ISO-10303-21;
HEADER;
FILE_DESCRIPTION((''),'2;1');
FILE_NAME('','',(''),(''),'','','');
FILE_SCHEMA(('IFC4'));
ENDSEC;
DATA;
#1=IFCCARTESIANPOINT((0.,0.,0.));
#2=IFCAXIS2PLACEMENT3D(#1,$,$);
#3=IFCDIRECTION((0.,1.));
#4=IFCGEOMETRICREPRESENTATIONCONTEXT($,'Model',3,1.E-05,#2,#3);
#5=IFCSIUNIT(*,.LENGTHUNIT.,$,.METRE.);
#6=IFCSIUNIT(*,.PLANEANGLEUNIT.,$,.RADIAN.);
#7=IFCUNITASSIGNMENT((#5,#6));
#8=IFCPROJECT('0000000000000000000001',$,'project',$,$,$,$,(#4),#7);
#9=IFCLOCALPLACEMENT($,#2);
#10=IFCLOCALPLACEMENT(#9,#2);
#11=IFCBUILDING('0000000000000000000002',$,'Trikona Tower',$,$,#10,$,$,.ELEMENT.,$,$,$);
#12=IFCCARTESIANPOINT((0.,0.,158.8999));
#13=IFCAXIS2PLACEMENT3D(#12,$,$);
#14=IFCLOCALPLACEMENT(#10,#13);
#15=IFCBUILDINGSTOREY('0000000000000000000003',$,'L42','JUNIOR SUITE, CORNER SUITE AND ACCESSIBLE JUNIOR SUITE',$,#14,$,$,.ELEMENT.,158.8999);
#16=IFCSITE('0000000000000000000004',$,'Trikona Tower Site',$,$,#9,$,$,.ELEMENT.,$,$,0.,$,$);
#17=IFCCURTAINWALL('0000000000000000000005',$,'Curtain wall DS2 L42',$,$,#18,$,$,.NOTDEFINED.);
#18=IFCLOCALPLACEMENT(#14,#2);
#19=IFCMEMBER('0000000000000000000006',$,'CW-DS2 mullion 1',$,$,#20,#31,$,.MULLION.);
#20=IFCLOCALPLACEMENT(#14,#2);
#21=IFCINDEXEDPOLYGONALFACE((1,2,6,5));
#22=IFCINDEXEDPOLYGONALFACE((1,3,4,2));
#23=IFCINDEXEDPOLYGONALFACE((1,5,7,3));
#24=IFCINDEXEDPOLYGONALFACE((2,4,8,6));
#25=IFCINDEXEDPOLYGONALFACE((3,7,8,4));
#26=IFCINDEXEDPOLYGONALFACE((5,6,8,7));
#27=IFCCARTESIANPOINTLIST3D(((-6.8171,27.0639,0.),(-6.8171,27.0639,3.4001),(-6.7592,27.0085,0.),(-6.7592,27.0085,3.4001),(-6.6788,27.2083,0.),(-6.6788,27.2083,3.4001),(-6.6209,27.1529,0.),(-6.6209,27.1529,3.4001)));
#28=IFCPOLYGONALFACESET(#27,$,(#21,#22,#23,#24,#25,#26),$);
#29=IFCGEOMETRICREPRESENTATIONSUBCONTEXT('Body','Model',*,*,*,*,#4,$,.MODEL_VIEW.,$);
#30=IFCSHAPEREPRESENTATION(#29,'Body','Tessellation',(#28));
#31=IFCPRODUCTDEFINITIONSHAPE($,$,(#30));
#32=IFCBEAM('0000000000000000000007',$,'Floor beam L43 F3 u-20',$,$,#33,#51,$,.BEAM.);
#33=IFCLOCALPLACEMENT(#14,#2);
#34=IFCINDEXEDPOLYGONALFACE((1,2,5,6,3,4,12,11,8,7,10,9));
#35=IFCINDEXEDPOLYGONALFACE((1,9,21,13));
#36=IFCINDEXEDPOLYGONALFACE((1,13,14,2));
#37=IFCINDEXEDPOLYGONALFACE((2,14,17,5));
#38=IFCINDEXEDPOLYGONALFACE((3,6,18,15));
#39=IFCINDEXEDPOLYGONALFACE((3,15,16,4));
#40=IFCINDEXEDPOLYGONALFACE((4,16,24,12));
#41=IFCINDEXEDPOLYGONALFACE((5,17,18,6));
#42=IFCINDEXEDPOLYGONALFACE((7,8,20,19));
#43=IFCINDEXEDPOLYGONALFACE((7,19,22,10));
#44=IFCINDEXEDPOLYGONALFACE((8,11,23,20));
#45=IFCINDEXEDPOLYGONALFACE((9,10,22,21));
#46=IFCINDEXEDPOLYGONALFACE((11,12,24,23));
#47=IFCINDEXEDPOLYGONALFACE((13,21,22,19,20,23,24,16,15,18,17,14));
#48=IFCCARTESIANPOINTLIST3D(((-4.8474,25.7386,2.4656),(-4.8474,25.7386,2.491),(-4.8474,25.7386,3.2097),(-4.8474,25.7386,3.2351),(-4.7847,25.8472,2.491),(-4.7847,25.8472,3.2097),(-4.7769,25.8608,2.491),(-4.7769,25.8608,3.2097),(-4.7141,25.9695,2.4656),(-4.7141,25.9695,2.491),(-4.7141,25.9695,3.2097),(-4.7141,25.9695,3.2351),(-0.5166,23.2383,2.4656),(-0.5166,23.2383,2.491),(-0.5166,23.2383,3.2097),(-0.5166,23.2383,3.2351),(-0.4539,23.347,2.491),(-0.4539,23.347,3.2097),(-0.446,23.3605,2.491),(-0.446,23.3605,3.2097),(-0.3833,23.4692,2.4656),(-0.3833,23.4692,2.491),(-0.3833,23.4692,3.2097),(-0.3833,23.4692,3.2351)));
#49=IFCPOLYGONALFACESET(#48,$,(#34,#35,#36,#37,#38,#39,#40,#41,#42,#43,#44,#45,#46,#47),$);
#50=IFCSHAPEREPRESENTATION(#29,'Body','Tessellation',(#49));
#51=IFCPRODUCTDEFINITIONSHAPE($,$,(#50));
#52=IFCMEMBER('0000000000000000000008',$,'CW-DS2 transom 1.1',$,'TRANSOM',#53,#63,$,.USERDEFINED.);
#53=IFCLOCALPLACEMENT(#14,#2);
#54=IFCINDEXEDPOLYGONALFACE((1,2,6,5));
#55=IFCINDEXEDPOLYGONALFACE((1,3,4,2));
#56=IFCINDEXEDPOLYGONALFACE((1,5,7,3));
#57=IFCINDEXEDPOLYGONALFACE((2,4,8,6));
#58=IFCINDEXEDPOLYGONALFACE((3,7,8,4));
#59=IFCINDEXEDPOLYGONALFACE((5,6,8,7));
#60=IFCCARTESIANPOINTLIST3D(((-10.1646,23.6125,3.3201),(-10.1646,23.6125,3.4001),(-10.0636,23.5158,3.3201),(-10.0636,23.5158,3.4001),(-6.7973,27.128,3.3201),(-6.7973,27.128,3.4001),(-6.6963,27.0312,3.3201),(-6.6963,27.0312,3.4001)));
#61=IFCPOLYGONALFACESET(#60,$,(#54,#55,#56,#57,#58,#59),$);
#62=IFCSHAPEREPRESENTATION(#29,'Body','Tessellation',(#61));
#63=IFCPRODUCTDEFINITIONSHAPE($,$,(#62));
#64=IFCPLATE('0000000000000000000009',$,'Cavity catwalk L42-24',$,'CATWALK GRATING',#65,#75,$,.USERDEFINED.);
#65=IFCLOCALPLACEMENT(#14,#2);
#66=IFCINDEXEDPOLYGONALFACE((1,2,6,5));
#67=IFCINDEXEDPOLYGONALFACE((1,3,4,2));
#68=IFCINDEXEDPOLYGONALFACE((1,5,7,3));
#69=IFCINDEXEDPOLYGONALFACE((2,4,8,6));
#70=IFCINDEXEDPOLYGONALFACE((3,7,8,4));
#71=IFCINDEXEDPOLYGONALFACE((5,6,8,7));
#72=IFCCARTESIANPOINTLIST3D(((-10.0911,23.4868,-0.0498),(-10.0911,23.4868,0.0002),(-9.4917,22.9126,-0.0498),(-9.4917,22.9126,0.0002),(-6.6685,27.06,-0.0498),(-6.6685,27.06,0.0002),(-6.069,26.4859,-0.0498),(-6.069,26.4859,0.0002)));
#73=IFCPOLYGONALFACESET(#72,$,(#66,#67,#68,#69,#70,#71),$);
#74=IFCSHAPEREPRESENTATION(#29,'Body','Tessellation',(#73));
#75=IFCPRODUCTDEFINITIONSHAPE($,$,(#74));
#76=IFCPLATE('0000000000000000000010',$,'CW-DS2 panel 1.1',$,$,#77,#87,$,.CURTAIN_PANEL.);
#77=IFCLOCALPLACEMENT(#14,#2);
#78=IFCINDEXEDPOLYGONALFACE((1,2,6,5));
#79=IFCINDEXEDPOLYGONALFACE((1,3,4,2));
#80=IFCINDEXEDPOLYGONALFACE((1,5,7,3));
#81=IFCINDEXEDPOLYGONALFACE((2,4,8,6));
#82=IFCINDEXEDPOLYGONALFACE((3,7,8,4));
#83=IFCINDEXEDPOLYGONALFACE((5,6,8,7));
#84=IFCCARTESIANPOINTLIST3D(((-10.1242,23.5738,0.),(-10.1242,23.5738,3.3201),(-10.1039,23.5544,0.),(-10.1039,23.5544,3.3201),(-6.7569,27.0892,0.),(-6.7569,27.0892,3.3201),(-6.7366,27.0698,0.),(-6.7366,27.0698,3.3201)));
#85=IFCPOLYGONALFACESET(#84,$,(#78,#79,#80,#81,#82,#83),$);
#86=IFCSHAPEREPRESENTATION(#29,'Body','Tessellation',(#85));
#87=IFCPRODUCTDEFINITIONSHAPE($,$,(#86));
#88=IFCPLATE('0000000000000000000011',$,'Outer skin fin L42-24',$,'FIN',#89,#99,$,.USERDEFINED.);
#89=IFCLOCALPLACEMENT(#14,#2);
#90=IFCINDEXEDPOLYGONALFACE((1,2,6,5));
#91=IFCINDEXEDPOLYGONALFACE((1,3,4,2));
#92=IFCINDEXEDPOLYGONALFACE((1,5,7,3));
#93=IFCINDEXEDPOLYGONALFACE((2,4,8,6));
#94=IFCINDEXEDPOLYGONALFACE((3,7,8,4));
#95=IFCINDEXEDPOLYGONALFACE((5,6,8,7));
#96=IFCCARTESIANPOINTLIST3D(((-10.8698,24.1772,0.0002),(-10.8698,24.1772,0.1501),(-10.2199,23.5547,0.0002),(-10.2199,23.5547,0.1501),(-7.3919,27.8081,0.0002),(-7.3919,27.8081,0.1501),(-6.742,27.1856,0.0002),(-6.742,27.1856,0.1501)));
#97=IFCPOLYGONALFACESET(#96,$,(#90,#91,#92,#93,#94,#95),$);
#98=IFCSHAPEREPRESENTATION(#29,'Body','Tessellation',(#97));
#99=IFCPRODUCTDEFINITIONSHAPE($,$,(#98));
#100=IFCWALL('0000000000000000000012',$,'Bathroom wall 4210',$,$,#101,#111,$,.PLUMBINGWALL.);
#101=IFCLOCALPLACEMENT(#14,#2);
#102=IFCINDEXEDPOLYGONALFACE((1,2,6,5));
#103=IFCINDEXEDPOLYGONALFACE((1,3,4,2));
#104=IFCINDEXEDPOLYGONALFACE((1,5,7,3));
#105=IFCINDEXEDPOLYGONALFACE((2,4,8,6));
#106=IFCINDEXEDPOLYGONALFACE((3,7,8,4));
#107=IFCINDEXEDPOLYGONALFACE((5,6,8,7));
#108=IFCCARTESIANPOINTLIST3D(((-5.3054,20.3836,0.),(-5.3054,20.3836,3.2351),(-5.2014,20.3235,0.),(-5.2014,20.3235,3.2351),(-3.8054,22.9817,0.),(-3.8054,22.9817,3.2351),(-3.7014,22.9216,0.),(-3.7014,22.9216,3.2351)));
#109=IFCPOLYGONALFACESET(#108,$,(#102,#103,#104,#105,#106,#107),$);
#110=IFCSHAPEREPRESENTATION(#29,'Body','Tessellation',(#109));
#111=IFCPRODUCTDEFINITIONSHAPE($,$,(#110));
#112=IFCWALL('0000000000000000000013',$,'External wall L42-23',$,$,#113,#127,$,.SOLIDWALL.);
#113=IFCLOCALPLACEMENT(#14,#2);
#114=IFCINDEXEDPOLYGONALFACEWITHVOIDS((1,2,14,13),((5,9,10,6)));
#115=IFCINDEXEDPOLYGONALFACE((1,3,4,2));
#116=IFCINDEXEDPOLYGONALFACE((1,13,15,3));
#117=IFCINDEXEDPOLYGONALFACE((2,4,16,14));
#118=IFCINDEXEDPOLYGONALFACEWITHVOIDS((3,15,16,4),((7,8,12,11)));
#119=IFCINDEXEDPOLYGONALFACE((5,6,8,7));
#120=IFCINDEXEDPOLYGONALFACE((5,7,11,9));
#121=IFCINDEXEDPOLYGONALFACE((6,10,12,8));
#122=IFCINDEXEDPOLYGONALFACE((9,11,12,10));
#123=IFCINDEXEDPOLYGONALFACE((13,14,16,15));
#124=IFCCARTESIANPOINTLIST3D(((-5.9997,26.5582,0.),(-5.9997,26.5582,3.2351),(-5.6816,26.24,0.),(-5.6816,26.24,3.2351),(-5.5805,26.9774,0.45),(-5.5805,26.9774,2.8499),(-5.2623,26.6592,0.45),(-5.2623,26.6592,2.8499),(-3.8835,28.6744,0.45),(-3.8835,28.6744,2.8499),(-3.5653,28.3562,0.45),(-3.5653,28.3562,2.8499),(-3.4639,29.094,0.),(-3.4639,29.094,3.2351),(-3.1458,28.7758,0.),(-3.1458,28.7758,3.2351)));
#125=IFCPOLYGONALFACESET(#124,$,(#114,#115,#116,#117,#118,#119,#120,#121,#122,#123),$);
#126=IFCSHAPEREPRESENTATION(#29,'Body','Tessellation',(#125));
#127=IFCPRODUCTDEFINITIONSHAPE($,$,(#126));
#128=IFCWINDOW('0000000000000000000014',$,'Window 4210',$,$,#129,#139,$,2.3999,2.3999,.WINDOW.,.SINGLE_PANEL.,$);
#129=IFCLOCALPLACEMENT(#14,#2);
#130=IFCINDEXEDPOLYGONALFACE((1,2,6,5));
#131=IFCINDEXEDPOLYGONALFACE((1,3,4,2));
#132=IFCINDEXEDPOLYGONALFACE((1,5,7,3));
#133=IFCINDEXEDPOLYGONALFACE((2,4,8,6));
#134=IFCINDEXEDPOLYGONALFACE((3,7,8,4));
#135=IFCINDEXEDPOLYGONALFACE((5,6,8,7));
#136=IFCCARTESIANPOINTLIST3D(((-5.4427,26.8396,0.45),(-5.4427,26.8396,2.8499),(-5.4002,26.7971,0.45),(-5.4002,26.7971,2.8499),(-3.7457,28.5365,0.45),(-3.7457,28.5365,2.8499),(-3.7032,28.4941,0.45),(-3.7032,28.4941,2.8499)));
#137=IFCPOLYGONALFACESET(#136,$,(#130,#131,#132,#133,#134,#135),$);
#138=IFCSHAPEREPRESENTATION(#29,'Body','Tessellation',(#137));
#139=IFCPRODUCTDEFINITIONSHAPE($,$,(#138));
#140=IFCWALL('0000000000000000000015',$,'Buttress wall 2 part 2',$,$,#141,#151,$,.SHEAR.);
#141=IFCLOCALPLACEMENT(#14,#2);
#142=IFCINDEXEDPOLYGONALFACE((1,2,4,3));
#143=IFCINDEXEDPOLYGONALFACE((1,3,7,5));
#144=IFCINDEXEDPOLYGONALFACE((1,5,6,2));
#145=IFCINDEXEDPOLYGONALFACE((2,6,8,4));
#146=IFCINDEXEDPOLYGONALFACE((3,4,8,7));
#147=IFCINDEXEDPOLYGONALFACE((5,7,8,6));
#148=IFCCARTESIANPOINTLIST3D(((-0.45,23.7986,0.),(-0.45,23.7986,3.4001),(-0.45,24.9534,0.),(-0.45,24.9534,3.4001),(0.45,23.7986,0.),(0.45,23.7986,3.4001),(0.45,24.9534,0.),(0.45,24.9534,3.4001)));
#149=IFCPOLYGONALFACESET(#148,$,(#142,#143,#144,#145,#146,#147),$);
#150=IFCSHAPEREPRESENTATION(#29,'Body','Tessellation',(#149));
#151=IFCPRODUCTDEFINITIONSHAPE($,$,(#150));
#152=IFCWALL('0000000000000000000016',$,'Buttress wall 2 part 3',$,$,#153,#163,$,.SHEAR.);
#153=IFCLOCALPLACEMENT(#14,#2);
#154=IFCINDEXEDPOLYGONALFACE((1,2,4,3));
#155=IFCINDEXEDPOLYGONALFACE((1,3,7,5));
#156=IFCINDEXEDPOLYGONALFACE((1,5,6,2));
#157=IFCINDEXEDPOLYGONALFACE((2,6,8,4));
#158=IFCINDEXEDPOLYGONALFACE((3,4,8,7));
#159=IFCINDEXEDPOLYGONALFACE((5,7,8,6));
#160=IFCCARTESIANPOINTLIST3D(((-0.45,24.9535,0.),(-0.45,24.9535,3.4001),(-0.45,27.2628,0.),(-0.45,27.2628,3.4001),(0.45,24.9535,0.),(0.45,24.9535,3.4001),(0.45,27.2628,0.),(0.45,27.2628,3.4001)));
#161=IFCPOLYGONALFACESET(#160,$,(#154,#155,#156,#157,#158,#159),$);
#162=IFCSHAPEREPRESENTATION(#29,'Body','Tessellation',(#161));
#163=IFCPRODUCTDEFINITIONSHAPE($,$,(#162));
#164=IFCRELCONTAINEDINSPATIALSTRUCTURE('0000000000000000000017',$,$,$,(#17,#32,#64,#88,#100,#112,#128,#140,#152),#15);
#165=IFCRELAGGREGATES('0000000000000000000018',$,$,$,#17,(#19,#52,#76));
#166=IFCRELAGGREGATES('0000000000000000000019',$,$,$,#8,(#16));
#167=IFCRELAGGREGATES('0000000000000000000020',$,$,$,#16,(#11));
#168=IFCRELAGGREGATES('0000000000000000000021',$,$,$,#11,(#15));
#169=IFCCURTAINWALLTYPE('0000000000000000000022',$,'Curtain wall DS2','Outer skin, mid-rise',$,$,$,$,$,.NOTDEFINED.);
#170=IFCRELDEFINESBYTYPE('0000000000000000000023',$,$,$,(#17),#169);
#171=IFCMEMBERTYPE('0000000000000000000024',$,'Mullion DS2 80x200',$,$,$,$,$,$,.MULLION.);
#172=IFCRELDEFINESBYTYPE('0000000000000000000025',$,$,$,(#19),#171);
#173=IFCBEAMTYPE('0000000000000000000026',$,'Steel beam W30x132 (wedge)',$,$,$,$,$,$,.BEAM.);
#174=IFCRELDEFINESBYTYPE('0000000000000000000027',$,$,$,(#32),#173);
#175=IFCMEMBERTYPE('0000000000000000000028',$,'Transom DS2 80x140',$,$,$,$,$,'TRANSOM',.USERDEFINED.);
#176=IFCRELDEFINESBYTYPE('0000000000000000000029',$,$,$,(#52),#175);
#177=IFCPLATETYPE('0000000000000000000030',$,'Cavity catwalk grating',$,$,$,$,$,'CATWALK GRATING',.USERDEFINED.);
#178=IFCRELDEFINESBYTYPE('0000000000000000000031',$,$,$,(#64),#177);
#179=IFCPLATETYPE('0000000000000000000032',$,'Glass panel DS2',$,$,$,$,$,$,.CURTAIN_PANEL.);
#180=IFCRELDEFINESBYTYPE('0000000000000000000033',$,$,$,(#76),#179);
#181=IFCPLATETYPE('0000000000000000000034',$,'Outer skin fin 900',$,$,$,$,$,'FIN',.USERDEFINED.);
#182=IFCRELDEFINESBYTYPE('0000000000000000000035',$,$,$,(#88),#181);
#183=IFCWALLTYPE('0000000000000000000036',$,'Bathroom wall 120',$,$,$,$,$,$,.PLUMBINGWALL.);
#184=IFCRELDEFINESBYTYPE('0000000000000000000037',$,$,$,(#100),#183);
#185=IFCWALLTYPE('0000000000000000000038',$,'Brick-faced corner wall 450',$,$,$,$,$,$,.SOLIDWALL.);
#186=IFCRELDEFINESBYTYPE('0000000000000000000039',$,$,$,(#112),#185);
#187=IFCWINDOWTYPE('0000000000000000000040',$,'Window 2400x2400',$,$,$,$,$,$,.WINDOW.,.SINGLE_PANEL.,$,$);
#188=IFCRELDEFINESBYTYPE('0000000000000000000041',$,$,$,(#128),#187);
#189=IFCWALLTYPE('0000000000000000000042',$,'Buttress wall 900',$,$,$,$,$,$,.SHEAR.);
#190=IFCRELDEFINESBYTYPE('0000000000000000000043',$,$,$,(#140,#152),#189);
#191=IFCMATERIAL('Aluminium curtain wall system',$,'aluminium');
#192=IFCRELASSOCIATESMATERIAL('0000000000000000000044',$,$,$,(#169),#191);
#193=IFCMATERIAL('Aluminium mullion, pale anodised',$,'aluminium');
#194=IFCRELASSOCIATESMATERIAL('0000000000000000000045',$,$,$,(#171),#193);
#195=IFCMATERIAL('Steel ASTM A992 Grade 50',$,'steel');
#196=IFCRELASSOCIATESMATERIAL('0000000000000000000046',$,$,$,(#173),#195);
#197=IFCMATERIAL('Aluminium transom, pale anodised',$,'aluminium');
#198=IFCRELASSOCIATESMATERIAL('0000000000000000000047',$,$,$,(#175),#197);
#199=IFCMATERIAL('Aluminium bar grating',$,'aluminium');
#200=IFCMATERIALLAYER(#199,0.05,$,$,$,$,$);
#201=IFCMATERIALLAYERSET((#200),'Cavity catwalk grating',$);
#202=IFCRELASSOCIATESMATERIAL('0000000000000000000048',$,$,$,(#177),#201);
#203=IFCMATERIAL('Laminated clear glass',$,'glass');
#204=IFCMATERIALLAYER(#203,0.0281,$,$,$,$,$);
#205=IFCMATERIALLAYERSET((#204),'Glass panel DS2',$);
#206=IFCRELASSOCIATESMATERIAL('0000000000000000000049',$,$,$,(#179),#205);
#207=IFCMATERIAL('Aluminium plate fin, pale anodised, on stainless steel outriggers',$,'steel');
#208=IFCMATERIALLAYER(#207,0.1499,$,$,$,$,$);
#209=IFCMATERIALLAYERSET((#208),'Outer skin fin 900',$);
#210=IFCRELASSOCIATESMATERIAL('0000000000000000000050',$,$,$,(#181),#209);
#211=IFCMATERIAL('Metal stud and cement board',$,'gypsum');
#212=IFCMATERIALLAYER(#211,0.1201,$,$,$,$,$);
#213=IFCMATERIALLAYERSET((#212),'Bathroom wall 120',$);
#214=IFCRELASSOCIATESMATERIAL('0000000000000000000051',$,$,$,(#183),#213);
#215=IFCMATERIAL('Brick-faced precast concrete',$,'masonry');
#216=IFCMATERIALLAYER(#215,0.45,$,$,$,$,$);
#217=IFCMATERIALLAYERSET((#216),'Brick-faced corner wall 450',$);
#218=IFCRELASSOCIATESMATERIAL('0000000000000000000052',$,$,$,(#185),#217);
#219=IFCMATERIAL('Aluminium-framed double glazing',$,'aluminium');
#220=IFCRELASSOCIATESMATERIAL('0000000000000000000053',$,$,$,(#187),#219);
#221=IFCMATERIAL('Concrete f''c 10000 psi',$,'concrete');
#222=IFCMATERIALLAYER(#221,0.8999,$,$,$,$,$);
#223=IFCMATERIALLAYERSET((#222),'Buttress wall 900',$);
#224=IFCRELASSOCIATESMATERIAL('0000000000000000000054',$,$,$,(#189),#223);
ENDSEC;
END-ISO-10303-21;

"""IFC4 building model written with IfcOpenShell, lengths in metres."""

from ifc_helpers import new_model, si_unit, direction, frame, frame_2d, origin, origin_2d, place, context, subcontext, project, spatial, rectangle, i_section, extrude, material, layer, layer_set, material_profile, profile_set, type_object, element, fill, aggregate, save


model = new_model("IFC4")

# Units and contexts
model_context = context("Model", 3, precision=1e-05, world=origin(), true_north=direction((0.0, 1.0)))
body_context = subcontext(model_context, "Body", "Model", "MODEL_VIEW")
ifc_project = project(units=[si_unit("LENGTHUNIT", "METRE"), si_unit("PLANEANGLEUNIT", "RADIAN")], contexts=[model_context])

# Site, building, storey
site_placement = place(None, origin())
site = spatial("IfcSite", under=ifc_project, at=site_placement, Name="Trikona Tower Site", CompositionType="ELEMENT", RefElevation=0.0)
building_placement = place(site_placement, origin())
building = spatial("IfcBuilding", under=site, at=building_placement, Name="Trikona Tower", CompositionType="ELEMENT")
storey_placement = place(building_placement, frame((0.0, 0.0, 158.8999)))
storey = spatial("IfcBuildingStorey", under=building, at=storey_placement, Name="L42", Description="JUNIOR SUITE, CORNER SUITE AND ACCESSIBLE JUNIOR SUITE", CompositionType="ELEMENT", Elevation=158.8999)

# Curtain wall, member
ifc_material_1 = material(Name="Aluminium curtain wall system", Category="aluminium")
curtain_wall_type = type_object("IfcCurtainWallType", Name="Curtain wall DS2", Description="Outer skin, mid-rise", PredefinedType="NOTDEFINED", material=ifc_material_1)
curtain_wall_placement = place(storey_placement, origin())
curtain_wall = element("IfcCurtainWall", 1, at=curtain_wall_placement, inside=storey, type_object=curtain_wall_type, Name="Curtain wall DS2 L42", PredefinedType="NOTDEFINED")
ifc_material_2 = material(Name="Aluminium mullion, pale anodised", Category="aluminium")
ifc_material_profile_1 = material_profile(ifc_material_2, rectangle(XDim=0.0801, YDim=0.2, at=origin_2d()), Name="MUL-DS2")
ifc_profile_set_1 = profile_set([ifc_material_profile_1], Name="Aluminium mullion, pale anodised")
member_type_1 = type_object("IfcMemberType", Name="Mullion DS2 80x200", PredefinedType="MULLION", material=ifc_profile_set_1)
member_1_placement = place(storey_placement, frame((-6.719, 27.1084, 0.0), z_axis=(0.0, 0.0, 1.0), x_axis=(0.722158, -0.691728, 0.0)))
member_1 = element("IfcMember", 2, at=member_1_placement, type_object=member_type_1, Name="CW-DS2 mullion 1", PredefinedType="MULLION", context=body_context, shape_type="SweptSolid", body=[
    extrude(rectangle(XDim=0.0801, YDim=0.2, at=origin_2d()), origin(), (0.0, 0.0, 1.0), 3.4001),
])

# Beam
ifc_material_3 = material(Name="Steel ASTM A992 Grade 50", Category="steel")
ifc_material_profile_2 = material_profile(ifc_material_3, i_section(OverallWidth=0.2666, OverallDepth=0.7695, WebThickness=0.0156, FlangeThickness=0.0254, at=origin_2d()), Name="W30X132")
ifc_profile_set_2 = profile_set([ifc_material_profile_2], Name="Steel ASTM A992 Grade 50")
beam_type = type_object("IfcBeamType", Name="Steel beam W30x132 (wedge)", PredefinedType="BEAM", material=ifc_profile_set_2)
beam_placement = place(storey_placement, frame((-0.45, 23.3538, 2.8503), z_axis=(-0.866038, 0.499977, 0.0), x_axis=(-0.499977, -0.866038, 0.0)))
element("IfcBeam", 3, at=beam_placement, inside=storey, type_object=beam_type, Name="Floor beam L43 F3 u-20", PredefinedType="BEAM", context=body_context, shape_type="SweptSolid", body=[
    extrude(i_section(OverallWidth=0.2666, OverallDepth=0.7695, WebThickness=0.0156, FlangeThickness=0.0254, at=origin_2d()), origin(), (0.0, 0.0, 1.0), 5.0007),
])

# Member
ifc_material_4 = material(Name="Aluminium transom, pale anodised", Category="aluminium")
ifc_material_profile_3 = material_profile(ifc_material_4, rectangle(XDim=0.1399, YDim=0.0801, at=origin_2d()), Name="TRN-DS2")
ifc_profile_set_3 = profile_set([ifc_material_profile_3], Name="Aluminium transom, pale anodised")
member_type_2 = type_object("IfcMemberType", Name="Transom DS2 80x140", ElementType="TRANSOM", PredefinedType="USERDEFINED", material=ifc_profile_set_3)
member_2_placement = place(storey_placement, frame((-6.7468, 27.0796, 3.3601), z_axis=(-0.691721, -0.722165, 0.0), x_axis=(0.722165, -0.691721, 0.0)))
member_2 = element("IfcMember", 4, at=member_2_placement, type_object=member_type_2, Name="CW-DS2 transom 1.1", ObjectType="TRANSOM", PredefinedType="USERDEFINED", context=body_context, shape_type="SweptSolid", body=[
    extrude(rectangle(XDim=0.1399, YDim=0.0801, at=origin_2d()), origin(), (0.0, 0.0, 1.0), 4.8679),
])

# Plates
ifc_material_5 = material(Name="Aluminium bar grating", Category="aluminium")
ifc_layer_1 = layer(ifc_material_5, 0.05)
ifc_layer_set_1 = layer_set([ifc_layer_1], Name="Cavity catwalk grating")
plate_type_1 = type_object("IfcPlateType", Name="Cavity catwalk grating", ElementType="CATWALK GRATING", PredefinedType="USERDEFINED", material=ifc_layer_set_1)
plate_1_placement = place(storey_placement, frame((-8.0801, 24.9863, -0.0498), z_axis=(0.0, 0.0, 1.0), x_axis=(-0.691724, -0.722162, 0.0)))
element("IfcPlate", 5, at=plate_1_placement, inside=storey, type_object=plate_type_1, Name="Cavity catwalk L42-24", ObjectType="CATWALK GRATING", PredefinedType="USERDEFINED", context=body_context, shape_type="SweptSolid", body=[
    extrude(rectangle(XDim=4.948, YDim=0.8301, at=origin_2d()), origin(), (0.0, 0.0, 1.0), 0.05),
])
ifc_material_6 = material(Name="Laminated clear glass", Category="glass")
ifc_layer_2 = layer(ifc_material_6, 0.0281)
ifc_layer_set_2 = layer_set([ifc_layer_2], Name="Glass panel DS2")
plate_type_2 = type_object("IfcPlateType", Name="Glass panel DS2", PredefinedType="CURTAIN_PANEL", material=ifc_layer_set_2)
plate_2_placement = place(storey_placement, frame((-8.4304, 25.3218, 0.0), z_axis=(0.0, 0.0, 1.0), x_axis=(-0.691728, -0.722158, 0.0)))
plate_2 = element("IfcPlate", 6, at=plate_2_placement, type_object=plate_type_2, Name="CW-DS2 panel 1.1", PredefinedType="CURTAIN_PANEL", context=body_context, shape_type="SweptSolid", body=[
    extrude(rectangle(XDim=4.8679, YDim=0.0281, at=origin_2d()), origin(), (0.0, 0.0, 1.0), 3.3201),
])
aggregate(curtain_wall, [member_1, member_2, plate_2])
ifc_material_7 = material(Name="Aluminium plate fin, pale anodised, on stainless steel outriggers", Category="steel")
ifc_layer_3 = layer(ifc_material_7, 0.1499)
ifc_layer_set_3 = layer_set([ifc_layer_3], Name="Outer skin fin 900")
plate_type_3 = type_object("IfcPlateType", Name="Outer skin fin 900", ElementType="FIN", PredefinedType="USERDEFINED", material=ifc_layer_set_3)
plate_3_placement = place(storey_placement, frame((-8.8059, 25.6814, 0.0002), z_axis=(0.0, 0.0, 1.0), x_axis=(-0.691724, -0.722162, 0.0)))
element("IfcPlate", 7, at=plate_3_placement, inside=storey, type_object=plate_type_3, Name="Outer skin fin L42-24", ObjectType="FIN", PredefinedType="USERDEFINED", context=body_context, shape_type="SweptSolid", body=[
    extrude(rectangle(XDim=5.0278, YDim=0.8999, at=origin_2d()), origin(), (0.0, 0.0, 1.0), 0.1499),
])

# Wall
ifc_material_8 = material(Name="Metal stud and cement board", Category="gypsum")
ifc_layer_4 = layer(ifc_material_8, 0.1201)
ifc_layer_set_4 = layer_set([ifc_layer_4], Name="Bathroom wall 120")
wall_type_1 = type_object("IfcWallType", Name="Bathroom wall 120", PredefinedType="PLUMBINGWALL", material=ifc_layer_set_4)
wall_1_placement = place(storey_placement, frame((-3.7534, 22.9517, 0.0), z_axis=(0.0, 0.0, 1.0), x_axis=(-0.49999, -0.866031, 0.0)))
element("IfcWall", 8, at=wall_1_placement, inside=storey, type_object=wall_type_1, Name="Bathroom wall 4210", PredefinedType="PLUMBINGWALL", context=body_context, shape_type="SweptSolid", body=[
    extrude(rectangle(XDim=3.0, YDim=0.1201, at=frame_2d((1.5, 0.0))), origin(), (0.0, 0.0, 1.0), 3.2351),
])

# Wall, opening, window
ifc_material_9 = material(Name="Brick-faced precast concrete", Category="masonry")
ifc_layer_5 = layer(ifc_material_9, 0.45)
ifc_layer_set_5 = layer_set([ifc_layer_5], Name="Brick-faced corner wall 450")
wall_type_2 = type_object("IfcWallType", Name="Brick-faced corner wall 450", PredefinedType="SOLIDWALL", material=ifc_layer_set_5)
wall_2_placement = place(storey_placement, frame((-3.3049, 28.9348, 0.0), z_axis=(0.0, 0.0, 1.0), x_axis=(-0.707107, -0.707107, 0.0)))
wall_2 = element("IfcWall", 9, at=wall_2_placement, inside=storey, type_object=wall_type_2, Name="External wall L42-23", PredefinedType="SOLIDWALL", context=body_context, shape_type="SweptSolid", body=[
    extrude(rectangle(XDim=3.5862, YDim=0.45, at=frame_2d((1.793, 0.0))), origin(), (0.0, 0.0, 1.0), 3.2351),
])
opening_1_placement = place(wall_2_placement, frame((0.5933, 0.0, 0.45)))
opening_1 = element("IfcOpeningElement", 10, at=opening_1_placement, cuts=wall_2, PredefinedType="OPENING", context=body_context, shape_type="SweptSolid", body=[
    extrude(rectangle(XDim=2.3999, YDim=2.3999, at=frame_2d((1.2, 1.2))), frame((0.0, 0.2349, 0.0), z_axis=(0.0, -1.0, 0.0), x_axis=(1.0, 0.0, 0.0)), (0.0, 0.0, 1.0), 0.47),
])
ifc_material_10 = material(Name="Aluminium-framed double glazing", Category="aluminium")
window_type_1 = type_object("IfcWindowType", Name="Window 2400x2400", PartitioningType="SINGLE_PANEL", PredefinedType="WINDOW", material=ifc_material_10)
window_1_placement = place(opening_1_placement, origin())
window_1 = element("IfcWindow", 11, at=window_1_placement, inside=storey, type_object=window_type_1, Name="Window 4210", OverallHeight=2.3999, OverallWidth=2.3999, PartitioningType="SINGLE_PANEL", PredefinedType="WINDOW", context=body_context, shape_type="SweptSolid", body=[
    extrude(rectangle(XDim=2.3999, YDim=2.3999, at=frame_2d((1.2, 1.2))), frame((0.0, 0.03, 0.0), z_axis=(0.0, -1.0, 0.0), x_axis=(1.0, 0.0, 0.0)), (0.0, 0.0, 1.0), 0.0601),
])
fill(opening_1, window_1)

# Walls
ifc_material_11 = material(Name="Concrete f'c 10000 psi", Category="concrete")
ifc_layer_6 = layer(ifc_material_11, 0.8999)
ifc_layer_set_6 = layer_set([ifc_layer_6], Name="Buttress wall 900")
wall_type_3 = type_object("IfcWallType", Name="Buttress wall 900", PredefinedType="SHEAR", material=ifc_layer_set_6)
wall_3_placement = place(storey_placement, frame((0.0, 23.7986, 0.0), z_axis=(0.0, 0.0, 1.0), x_axis=(0.0, 1.0, 0.0)))
element("IfcWall", 12, at=wall_3_placement, inside=storey, type_object=wall_type_3, Name="Buttress wall 2 part 2", PredefinedType="SHEAR", context=body_context, shape_type="SweptSolid", body=[
    extrude(rectangle(XDim=1.1548, YDim=0.8999, at=frame_2d((0.5774, 0.0))), origin(), (0.0, 0.0, 1.0), 3.4001),
])
wall_4_placement = place(storey_placement, frame((0.0, 24.9534, 0.0), z_axis=(0.0, 0.0, 1.0), x_axis=(0.0, 1.0, 0.0)))
element("IfcWall", 13, at=wall_4_placement, inside=storey, type_object=wall_type_3, Name="Buttress wall 2 part 3", PredefinedType="SHEAR", context=body_context, shape_type="SweptSolid", body=[
    extrude(rectangle(XDim=2.3093, YDim=0.8999, at=frame_2d((1.1548, 0.0))), origin(), (0.0, 0.0, 1.0), 3.4001),
])

save(model, "model.ifc")
